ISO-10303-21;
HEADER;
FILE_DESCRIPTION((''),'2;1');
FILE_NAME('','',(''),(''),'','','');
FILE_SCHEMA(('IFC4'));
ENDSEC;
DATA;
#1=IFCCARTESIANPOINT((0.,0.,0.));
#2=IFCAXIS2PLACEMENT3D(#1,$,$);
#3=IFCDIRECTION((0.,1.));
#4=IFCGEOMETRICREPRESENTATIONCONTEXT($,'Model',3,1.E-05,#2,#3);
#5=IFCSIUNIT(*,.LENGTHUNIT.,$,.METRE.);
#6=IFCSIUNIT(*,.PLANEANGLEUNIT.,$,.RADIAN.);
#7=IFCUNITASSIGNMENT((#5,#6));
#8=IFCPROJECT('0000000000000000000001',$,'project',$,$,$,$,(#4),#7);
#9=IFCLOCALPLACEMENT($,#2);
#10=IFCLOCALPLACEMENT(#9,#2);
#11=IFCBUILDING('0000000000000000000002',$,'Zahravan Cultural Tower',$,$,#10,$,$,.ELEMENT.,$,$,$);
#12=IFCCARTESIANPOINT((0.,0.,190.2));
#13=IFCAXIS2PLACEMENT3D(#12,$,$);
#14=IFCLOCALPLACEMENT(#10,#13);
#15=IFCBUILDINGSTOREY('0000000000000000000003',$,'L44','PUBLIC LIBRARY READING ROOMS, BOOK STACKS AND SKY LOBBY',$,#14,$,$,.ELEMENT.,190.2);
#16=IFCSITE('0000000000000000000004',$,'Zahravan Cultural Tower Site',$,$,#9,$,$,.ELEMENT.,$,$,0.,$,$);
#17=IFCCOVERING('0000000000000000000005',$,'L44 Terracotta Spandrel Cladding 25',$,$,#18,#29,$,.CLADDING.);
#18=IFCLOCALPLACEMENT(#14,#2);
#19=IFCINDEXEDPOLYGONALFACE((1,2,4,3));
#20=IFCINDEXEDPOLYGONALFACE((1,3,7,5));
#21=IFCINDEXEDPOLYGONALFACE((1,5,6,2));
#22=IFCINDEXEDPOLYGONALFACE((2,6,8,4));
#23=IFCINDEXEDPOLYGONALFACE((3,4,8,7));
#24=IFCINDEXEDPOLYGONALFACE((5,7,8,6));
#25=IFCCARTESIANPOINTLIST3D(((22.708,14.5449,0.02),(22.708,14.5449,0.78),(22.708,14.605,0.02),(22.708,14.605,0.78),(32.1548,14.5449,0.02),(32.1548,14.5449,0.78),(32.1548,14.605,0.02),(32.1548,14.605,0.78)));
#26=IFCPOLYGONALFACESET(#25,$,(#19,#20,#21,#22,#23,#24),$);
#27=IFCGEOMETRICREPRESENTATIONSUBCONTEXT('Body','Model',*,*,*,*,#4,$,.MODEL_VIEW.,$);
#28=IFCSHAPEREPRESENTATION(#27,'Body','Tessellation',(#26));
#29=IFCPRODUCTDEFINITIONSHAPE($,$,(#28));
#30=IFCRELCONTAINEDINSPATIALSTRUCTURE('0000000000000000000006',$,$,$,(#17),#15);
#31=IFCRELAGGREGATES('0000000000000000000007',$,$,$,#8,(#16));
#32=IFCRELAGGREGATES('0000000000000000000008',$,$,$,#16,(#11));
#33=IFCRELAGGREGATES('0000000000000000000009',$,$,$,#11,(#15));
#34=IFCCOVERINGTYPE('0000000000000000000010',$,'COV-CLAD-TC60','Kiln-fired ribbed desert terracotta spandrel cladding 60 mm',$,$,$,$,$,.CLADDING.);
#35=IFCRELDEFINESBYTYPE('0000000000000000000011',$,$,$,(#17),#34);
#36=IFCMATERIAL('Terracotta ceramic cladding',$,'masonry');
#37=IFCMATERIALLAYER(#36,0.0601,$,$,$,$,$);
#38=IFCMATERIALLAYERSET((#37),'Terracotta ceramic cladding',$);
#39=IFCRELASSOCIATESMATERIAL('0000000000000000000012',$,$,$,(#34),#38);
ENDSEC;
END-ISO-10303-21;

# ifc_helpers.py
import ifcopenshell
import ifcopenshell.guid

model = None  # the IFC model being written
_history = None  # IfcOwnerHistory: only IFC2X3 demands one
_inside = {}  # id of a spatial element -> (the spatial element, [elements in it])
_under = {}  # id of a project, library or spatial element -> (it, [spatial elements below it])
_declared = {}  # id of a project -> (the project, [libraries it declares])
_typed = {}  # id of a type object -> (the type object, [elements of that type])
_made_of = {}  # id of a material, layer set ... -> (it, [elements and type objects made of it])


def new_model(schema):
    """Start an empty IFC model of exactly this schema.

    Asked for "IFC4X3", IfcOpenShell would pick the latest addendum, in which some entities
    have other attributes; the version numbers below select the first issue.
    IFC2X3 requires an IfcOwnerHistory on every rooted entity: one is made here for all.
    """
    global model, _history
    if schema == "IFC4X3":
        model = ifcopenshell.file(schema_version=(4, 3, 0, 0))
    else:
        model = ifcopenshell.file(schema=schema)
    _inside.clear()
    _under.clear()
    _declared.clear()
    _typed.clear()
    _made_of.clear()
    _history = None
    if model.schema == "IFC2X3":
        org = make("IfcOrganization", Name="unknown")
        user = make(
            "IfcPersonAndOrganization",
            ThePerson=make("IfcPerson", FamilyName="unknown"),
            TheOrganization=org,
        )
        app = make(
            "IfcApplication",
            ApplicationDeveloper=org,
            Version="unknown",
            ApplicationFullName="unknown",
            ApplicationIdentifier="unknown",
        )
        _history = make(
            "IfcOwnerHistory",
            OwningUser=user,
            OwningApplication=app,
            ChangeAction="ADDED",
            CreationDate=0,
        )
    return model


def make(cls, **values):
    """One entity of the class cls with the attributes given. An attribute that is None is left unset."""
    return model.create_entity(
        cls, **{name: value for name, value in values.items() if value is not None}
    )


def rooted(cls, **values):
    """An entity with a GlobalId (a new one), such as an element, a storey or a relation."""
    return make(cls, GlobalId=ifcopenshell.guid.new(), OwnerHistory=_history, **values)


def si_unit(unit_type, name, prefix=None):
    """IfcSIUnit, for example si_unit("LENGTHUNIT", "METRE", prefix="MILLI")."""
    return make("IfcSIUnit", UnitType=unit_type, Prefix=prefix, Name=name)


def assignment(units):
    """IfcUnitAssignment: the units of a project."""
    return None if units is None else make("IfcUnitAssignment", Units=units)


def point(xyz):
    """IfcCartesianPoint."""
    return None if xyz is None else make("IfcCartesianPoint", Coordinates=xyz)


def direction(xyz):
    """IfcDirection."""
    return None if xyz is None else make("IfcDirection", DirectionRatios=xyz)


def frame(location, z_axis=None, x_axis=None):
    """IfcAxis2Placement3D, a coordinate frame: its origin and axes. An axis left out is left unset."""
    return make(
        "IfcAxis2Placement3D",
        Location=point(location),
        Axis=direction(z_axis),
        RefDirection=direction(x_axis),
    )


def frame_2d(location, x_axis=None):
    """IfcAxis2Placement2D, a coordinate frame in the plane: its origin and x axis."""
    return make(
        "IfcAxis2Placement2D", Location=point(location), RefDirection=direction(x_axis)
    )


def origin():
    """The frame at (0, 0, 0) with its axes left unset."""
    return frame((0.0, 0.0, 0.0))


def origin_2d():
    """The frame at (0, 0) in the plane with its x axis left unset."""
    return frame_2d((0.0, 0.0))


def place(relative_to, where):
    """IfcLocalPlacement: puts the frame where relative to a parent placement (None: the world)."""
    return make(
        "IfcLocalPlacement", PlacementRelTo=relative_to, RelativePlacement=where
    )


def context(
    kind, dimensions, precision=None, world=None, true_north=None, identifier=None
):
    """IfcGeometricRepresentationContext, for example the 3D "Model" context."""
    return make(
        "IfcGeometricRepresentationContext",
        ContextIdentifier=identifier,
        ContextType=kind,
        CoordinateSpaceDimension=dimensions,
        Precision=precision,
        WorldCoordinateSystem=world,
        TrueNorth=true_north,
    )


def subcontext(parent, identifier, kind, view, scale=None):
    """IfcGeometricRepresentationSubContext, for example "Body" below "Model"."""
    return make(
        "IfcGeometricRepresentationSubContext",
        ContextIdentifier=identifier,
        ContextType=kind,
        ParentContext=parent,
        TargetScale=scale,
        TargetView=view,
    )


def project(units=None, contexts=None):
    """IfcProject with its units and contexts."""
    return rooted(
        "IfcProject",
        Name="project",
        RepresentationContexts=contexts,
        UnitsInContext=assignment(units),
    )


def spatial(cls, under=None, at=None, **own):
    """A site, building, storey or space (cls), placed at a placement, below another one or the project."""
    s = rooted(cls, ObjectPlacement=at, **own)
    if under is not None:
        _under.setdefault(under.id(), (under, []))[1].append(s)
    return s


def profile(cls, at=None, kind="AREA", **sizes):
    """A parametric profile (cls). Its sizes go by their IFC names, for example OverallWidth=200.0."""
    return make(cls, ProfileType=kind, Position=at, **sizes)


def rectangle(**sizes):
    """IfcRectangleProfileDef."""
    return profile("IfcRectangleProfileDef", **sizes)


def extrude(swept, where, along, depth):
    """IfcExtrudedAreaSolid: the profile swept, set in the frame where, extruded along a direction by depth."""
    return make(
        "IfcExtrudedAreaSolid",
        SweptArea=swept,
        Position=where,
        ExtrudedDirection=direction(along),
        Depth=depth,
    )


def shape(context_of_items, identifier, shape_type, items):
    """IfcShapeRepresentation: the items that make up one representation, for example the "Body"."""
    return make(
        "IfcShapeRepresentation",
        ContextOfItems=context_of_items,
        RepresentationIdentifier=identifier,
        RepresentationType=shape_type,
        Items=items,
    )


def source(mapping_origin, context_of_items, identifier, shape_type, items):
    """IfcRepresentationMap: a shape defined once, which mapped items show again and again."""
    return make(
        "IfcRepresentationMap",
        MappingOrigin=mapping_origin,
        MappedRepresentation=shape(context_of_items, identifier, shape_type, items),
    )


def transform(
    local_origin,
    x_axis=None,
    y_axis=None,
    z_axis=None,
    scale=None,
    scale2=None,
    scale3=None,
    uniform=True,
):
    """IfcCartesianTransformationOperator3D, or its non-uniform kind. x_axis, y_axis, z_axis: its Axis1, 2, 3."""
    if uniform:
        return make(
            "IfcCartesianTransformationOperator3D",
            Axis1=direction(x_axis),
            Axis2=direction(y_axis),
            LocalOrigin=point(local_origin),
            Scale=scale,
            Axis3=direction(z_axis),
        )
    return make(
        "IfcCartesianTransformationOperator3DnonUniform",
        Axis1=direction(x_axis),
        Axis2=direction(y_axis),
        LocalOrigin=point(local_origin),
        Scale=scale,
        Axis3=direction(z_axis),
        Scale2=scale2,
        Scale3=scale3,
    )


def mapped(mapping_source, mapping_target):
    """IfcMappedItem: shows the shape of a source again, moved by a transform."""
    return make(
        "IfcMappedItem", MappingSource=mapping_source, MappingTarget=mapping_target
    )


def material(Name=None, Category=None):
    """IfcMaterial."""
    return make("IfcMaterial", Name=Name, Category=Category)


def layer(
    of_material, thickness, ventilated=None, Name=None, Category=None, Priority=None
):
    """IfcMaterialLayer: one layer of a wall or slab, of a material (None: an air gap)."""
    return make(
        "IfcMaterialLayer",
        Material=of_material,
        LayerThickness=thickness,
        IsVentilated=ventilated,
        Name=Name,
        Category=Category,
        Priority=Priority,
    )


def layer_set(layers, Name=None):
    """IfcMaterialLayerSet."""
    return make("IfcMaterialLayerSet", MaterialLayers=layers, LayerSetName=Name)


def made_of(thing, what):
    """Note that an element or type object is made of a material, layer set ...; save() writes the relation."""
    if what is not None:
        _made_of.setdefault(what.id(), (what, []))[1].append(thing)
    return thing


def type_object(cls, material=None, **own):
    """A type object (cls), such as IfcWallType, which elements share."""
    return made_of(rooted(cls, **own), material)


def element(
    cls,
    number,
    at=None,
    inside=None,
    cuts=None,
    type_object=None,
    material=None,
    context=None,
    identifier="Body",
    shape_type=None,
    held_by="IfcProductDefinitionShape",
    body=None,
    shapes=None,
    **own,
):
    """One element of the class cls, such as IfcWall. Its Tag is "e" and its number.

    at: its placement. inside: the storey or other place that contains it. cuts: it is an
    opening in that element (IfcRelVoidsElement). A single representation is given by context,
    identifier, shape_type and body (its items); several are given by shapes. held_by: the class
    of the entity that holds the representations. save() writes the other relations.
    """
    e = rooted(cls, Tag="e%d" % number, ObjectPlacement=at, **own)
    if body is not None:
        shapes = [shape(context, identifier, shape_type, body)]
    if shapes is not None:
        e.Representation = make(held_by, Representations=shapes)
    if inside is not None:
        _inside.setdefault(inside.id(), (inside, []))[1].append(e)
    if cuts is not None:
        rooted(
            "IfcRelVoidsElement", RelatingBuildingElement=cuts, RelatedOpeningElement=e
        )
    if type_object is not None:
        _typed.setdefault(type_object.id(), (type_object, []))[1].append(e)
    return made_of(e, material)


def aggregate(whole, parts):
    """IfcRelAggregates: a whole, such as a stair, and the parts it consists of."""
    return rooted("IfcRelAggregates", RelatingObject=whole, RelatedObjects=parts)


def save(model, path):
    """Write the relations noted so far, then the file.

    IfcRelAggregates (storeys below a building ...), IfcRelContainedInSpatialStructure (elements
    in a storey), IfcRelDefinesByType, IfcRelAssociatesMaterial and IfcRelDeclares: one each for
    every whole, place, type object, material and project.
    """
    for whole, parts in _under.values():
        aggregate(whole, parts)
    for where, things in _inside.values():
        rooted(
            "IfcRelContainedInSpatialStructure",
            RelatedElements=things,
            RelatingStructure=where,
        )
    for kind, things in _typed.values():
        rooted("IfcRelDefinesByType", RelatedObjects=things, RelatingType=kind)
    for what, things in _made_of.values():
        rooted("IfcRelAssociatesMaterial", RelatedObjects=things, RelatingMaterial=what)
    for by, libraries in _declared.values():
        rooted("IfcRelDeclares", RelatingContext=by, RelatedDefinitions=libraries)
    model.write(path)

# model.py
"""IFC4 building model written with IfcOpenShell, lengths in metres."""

from ifc_helpers import new_model, si_unit, direction, frame, origin, origin_2d, place, context, subcontext, project, spatial, rectangle, extrude, source, transform, mapped, material, layer, layer_set, type_object, element, save


model = new_model("IFC4")

# Units and contexts
model_context = context("Model", 3, precision=1e-05, world=origin(), true_north=direction((0.0, 1.0)))
body_context = subcontext(model_context, "Body", "Model", "MODEL_VIEW")
ifc_project = project(units=[si_unit("LENGTHUNIT", "METRE"), si_unit("PLANEANGLEUNIT", "RADIAN")], contexts=[model_context])

# Site, building, storey
site_placement = place(None, origin())
site = spatial("IfcSite", under=ifc_project, at=site_placement, Name="Zahravan Cultural Tower Site", CompositionType="ELEMENT", RefElevation=0.0)
building_placement = place(site_placement, origin())
building = spatial("IfcBuilding", under=site, at=building_placement, Name="Zahravan Cultural Tower", CompositionType="ELEMENT")
storey_placement = place(building_placement, frame((0.0, 0.0, 190.2)))
storey = spatial("IfcBuildingStorey", under=building, at=storey_placement, Name="L44", Description="PUBLIC LIBRARY READING ROOMS, BOOK STACKS AND SKY LOBBY", CompositionType="ELEMENT", Elevation=190.2)

# Covering
ifc_material_1 = material(Name="Terracotta ceramic cladding", Category="masonry")
ifc_layer_1 = layer(ifc_material_1, 0.0601)
ifc_layer_set_1 = layer_set([ifc_layer_1], Name="Terracotta ceramic cladding")
covering_type = type_object("IfcCoveringType", Name="COV-CLAD-TC60", Description="Kiln-fired ribbed desert terracotta spandrel cladding 60 mm", PredefinedType="CLADDING", material=ifc_layer_set_1)
shared_shape_1 = source(origin(), body_context, "Body", "SweptSolid", [
    extrude(rectangle(XDim=9.4468, YDim=0.0601, at=origin_2d()), origin(), (0.0, 0.0, 1.0), 0.76),
])
covering_1_placement = place(storey_placement, frame((27.4314, 14.575, 0.02), z_axis=(0.0, 0.0, 1.0), x_axis=(-1.0, 0.0, 0.0)))
element("IfcCovering", 1, at=covering_1_placement, inside=storey, type_object=covering_type, Name="L44 Terracotta Spandrel Cladding 25", PredefinedType="CLADDING", context=body_context, shape_type="MappedRepresentation", body=[
    mapped(shared_shape_1, transform((0.0, 0.0, 0.0), x_axis=(1.0, 0.0, 0.0), y_axis=(0.0, 1.0, 0.0), z_axis=(0.0, 0.0, 1.0), scale=1.0)),
])

save(model, "model.ifc")
